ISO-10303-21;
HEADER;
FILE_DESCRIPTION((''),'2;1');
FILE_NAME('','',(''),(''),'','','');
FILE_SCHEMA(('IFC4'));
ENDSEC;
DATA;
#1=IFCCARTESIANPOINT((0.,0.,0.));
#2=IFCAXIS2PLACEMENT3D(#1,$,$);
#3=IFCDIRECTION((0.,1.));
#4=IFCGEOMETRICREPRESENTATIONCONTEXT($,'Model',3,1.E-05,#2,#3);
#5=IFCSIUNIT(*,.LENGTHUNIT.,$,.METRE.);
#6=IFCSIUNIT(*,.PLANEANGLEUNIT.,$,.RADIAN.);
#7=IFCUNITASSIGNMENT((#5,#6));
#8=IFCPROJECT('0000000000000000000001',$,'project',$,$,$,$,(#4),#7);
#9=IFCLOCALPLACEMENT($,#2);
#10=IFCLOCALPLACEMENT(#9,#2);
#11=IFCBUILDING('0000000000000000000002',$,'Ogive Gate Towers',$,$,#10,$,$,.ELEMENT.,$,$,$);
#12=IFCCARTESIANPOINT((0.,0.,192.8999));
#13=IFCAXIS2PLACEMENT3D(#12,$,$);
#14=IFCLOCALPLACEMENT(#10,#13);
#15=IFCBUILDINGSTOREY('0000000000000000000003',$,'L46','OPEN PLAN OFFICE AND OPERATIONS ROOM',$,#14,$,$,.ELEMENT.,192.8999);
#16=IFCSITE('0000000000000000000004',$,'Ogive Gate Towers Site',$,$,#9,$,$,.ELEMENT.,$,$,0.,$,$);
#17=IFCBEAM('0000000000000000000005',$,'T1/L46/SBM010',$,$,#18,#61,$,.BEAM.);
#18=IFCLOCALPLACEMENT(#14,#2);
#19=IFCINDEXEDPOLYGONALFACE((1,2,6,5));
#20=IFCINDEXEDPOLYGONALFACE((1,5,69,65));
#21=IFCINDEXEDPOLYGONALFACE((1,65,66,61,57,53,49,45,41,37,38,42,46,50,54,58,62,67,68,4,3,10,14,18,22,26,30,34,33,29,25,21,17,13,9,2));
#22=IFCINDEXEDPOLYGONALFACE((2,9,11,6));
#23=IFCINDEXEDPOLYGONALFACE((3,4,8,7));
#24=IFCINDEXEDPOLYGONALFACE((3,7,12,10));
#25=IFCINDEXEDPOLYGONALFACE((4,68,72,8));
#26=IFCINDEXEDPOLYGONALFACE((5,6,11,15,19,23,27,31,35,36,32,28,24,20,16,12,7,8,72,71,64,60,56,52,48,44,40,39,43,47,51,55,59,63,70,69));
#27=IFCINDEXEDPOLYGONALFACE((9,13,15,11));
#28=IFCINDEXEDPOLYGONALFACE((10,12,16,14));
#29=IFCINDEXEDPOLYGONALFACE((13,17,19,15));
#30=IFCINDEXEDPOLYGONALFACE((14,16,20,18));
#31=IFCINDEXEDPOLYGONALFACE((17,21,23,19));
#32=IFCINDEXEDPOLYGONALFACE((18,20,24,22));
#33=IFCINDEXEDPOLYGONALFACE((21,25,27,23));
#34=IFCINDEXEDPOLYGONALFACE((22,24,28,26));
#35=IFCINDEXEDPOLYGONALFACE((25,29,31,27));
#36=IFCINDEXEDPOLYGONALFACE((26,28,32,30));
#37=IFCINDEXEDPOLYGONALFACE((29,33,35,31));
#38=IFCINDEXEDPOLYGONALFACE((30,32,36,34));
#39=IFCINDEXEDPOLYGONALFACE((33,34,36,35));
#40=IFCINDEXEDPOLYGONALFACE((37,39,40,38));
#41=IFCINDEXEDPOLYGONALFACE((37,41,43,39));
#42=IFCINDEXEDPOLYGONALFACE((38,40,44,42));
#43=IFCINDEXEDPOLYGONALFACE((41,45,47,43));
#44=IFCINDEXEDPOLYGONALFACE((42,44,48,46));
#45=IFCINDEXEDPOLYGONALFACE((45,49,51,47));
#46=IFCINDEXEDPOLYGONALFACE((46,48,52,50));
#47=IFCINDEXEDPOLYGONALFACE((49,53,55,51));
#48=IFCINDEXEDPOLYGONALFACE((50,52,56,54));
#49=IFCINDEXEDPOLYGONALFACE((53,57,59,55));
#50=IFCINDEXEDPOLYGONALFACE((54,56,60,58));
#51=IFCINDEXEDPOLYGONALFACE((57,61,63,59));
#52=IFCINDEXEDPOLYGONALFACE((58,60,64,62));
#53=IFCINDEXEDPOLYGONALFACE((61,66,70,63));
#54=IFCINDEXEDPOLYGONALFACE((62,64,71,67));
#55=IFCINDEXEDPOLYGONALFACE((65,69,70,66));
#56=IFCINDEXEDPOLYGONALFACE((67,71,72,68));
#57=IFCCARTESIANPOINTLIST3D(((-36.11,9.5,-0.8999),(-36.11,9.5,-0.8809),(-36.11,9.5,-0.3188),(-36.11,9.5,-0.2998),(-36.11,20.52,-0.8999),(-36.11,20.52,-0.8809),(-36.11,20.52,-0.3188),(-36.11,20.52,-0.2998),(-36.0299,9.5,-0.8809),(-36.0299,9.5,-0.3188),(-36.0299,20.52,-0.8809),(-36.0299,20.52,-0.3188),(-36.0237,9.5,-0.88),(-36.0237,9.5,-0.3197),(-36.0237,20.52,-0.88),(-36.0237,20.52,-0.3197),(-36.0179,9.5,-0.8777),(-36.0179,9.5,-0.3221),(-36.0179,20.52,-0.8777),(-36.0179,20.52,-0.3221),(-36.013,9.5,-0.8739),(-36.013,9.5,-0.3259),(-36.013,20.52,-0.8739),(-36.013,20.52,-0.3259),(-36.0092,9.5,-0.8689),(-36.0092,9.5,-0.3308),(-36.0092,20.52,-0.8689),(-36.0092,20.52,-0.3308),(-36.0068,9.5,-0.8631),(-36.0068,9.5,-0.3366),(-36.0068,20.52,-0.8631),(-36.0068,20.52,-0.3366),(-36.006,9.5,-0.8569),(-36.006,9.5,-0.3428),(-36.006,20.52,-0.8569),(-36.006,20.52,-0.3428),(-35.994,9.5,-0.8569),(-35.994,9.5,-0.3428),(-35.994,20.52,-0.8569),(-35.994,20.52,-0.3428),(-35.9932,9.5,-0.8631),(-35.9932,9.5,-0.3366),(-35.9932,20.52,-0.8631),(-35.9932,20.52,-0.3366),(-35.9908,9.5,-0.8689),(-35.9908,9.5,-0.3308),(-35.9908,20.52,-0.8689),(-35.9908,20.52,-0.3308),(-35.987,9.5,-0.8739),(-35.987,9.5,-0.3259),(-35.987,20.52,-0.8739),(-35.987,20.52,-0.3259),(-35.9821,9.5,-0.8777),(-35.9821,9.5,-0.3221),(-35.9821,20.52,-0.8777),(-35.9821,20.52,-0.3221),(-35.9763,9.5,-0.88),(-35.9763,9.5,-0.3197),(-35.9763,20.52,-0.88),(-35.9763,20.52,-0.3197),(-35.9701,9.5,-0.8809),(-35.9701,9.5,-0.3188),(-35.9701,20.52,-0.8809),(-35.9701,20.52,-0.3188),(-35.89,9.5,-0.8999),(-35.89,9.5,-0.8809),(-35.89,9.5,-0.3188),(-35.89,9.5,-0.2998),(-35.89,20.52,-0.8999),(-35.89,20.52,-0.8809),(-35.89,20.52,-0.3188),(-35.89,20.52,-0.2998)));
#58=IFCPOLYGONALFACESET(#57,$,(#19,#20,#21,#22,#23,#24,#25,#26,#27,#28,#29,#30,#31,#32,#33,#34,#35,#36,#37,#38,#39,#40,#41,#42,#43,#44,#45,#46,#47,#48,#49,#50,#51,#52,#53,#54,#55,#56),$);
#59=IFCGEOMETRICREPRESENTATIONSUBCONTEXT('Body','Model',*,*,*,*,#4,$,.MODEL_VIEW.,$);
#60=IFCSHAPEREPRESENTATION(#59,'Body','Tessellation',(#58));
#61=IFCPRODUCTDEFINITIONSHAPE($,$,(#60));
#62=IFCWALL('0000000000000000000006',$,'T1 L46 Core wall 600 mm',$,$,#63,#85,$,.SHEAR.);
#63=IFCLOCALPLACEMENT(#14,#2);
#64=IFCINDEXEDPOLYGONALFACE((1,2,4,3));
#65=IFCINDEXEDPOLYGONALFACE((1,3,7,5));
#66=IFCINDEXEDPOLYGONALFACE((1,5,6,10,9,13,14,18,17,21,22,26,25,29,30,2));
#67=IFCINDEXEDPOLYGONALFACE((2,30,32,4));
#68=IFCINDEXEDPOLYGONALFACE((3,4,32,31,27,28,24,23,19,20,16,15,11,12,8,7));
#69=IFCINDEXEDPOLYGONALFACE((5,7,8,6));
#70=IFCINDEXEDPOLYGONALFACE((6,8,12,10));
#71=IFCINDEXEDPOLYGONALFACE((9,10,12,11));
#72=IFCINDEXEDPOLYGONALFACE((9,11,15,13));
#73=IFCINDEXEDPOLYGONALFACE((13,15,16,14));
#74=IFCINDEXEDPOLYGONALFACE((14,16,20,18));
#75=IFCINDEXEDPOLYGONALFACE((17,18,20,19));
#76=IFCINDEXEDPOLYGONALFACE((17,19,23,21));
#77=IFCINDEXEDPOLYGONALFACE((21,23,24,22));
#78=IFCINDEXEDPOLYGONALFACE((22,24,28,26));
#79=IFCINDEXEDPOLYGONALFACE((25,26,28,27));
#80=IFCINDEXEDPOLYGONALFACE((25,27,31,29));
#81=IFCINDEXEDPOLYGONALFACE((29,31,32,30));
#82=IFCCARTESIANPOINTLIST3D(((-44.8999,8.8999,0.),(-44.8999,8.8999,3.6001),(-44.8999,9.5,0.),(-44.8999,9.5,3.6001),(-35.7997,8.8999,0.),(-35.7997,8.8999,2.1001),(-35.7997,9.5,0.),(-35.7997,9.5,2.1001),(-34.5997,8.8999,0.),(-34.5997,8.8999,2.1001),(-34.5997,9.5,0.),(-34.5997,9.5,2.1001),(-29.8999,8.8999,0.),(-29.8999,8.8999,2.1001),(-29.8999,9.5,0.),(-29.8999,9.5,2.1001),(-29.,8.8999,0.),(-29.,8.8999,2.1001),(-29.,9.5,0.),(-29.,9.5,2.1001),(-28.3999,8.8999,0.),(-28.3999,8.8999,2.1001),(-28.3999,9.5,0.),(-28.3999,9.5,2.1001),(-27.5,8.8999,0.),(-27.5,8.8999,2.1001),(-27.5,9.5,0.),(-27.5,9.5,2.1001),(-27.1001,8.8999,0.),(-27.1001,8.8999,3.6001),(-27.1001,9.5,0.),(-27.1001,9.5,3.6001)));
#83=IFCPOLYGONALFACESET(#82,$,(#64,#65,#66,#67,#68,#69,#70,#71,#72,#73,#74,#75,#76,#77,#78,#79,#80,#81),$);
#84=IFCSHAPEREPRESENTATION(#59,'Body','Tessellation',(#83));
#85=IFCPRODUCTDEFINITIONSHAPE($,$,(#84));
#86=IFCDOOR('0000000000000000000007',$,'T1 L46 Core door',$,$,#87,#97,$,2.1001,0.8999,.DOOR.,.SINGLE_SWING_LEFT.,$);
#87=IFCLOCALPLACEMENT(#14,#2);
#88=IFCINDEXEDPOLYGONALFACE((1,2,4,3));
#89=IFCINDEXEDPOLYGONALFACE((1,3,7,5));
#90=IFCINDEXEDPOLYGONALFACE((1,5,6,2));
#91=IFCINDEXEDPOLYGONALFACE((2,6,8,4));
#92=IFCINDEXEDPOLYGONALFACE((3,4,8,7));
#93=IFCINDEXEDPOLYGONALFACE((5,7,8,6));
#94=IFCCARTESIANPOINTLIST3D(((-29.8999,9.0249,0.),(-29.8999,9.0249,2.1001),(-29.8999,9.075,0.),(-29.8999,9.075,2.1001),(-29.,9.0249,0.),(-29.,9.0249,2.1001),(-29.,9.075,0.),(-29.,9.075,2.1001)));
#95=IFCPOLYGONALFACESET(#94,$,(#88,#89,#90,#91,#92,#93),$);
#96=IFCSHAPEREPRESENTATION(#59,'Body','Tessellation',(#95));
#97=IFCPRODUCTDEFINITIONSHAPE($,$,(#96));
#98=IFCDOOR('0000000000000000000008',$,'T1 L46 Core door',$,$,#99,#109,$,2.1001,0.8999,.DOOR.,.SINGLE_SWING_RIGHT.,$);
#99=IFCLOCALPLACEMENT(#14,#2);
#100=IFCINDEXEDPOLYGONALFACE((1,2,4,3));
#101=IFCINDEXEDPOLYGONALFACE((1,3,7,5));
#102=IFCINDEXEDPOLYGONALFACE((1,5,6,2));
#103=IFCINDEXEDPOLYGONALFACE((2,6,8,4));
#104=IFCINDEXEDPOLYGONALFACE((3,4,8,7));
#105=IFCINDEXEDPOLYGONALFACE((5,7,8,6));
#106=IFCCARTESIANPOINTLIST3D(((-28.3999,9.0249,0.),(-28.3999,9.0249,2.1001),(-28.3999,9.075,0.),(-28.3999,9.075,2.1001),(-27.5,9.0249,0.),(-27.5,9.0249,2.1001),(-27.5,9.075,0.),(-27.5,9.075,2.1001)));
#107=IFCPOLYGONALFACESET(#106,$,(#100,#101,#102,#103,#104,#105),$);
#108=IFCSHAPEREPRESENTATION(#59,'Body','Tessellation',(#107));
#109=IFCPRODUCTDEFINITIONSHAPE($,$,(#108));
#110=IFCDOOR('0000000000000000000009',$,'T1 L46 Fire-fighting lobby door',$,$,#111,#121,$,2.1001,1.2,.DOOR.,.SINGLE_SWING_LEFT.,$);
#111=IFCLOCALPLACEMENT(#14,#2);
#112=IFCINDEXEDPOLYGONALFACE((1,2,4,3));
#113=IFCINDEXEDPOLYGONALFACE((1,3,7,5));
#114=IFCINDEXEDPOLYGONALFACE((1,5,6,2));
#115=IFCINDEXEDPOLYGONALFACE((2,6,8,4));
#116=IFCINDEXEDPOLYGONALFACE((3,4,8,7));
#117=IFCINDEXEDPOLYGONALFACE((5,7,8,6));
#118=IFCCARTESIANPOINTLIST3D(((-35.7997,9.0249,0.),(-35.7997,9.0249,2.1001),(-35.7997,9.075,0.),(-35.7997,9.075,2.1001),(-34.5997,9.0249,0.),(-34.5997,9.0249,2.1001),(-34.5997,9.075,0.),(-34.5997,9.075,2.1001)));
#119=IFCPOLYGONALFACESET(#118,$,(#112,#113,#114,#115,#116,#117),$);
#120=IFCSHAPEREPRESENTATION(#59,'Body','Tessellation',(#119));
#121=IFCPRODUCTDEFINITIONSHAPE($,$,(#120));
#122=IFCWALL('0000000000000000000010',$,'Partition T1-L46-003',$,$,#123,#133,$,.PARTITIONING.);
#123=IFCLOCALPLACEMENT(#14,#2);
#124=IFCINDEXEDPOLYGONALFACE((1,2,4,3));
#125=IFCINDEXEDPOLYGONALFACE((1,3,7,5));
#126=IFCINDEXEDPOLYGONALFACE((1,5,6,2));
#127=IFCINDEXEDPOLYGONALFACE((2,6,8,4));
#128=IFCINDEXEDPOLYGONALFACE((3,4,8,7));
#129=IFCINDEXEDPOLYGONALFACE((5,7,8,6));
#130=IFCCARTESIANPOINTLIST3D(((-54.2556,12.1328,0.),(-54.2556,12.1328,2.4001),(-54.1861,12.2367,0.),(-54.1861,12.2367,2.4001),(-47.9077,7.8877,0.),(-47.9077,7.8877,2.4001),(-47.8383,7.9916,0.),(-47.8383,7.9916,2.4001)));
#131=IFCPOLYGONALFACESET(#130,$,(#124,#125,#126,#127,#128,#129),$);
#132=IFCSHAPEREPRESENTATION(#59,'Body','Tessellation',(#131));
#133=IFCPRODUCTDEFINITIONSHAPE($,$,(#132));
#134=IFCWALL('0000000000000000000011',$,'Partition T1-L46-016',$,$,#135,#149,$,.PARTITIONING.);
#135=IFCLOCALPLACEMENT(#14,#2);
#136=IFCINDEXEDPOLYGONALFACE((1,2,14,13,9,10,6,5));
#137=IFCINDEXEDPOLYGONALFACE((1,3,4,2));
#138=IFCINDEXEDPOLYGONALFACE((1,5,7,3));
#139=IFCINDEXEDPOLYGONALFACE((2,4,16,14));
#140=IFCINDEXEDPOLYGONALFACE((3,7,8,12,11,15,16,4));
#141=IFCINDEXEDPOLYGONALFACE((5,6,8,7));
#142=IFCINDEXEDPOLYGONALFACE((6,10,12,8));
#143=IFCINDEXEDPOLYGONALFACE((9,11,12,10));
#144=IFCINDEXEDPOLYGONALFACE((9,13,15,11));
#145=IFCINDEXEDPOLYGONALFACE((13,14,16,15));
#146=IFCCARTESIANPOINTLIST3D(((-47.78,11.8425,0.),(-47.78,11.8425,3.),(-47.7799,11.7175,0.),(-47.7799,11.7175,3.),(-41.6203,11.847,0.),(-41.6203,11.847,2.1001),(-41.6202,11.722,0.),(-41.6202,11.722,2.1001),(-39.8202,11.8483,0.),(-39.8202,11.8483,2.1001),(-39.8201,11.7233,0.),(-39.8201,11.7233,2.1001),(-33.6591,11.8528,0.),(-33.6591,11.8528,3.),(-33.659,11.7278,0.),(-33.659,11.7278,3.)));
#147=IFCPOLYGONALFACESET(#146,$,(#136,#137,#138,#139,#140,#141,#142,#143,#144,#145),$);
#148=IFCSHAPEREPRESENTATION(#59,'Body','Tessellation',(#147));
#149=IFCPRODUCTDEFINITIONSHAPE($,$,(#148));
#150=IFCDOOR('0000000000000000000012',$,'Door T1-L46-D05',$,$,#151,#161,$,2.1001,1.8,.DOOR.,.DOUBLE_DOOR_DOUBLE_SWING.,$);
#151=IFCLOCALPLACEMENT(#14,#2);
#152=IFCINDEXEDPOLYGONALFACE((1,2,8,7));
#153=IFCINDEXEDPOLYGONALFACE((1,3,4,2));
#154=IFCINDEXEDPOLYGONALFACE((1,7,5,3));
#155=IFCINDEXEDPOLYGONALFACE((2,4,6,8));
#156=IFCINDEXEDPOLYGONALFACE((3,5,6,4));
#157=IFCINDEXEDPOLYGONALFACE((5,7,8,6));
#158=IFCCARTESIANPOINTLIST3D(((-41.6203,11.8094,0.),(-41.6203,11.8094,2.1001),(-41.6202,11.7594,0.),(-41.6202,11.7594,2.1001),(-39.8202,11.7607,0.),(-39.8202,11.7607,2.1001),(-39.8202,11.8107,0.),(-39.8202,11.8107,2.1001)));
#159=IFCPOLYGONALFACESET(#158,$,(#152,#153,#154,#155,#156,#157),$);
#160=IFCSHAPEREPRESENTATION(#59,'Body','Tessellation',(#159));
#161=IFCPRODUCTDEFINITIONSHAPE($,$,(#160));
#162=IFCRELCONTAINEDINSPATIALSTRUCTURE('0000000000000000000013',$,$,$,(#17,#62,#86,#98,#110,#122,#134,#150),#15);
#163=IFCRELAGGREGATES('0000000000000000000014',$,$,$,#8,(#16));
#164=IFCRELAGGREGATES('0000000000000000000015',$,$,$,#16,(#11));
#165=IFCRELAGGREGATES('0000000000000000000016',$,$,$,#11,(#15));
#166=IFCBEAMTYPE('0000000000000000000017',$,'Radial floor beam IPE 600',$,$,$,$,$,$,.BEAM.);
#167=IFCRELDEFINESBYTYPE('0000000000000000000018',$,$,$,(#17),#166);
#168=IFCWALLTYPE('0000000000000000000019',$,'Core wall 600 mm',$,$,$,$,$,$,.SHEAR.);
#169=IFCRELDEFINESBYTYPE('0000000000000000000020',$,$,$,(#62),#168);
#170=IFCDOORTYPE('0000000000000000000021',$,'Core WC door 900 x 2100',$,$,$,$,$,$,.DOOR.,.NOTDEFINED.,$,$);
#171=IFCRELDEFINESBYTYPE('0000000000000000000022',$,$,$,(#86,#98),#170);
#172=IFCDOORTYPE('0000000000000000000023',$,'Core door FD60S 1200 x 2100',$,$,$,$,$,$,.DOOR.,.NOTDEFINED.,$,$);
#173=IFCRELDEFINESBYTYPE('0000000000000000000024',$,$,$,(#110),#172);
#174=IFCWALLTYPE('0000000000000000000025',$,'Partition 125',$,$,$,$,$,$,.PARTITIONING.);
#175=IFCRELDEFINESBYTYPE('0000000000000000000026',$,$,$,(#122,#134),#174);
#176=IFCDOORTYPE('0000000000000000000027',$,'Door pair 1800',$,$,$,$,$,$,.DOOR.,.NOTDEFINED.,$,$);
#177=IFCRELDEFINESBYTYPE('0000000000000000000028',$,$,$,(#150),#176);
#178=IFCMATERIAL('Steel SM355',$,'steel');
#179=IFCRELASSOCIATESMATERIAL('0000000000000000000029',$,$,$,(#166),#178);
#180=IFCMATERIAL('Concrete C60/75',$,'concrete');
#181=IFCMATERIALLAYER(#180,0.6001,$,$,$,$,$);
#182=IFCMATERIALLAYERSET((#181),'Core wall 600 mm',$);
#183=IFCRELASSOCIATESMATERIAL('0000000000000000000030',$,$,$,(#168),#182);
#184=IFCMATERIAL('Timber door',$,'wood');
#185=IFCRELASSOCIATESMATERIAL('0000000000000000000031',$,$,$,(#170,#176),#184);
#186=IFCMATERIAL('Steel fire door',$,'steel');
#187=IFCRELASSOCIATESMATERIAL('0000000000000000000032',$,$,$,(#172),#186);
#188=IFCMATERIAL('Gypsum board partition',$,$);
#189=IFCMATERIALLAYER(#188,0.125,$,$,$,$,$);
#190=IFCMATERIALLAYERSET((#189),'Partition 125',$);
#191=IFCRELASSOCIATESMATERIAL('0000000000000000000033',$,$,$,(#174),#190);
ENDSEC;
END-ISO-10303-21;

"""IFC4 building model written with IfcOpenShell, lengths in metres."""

from ifc_helpers import new_model, si_unit, direction, frame, frame_2d, origin, origin_2d, place, context, subcontext, project, spatial, rectangle, i_section, extrude, material, layer, layer_set, material_profile, profile_set, type_object, element, fill, save


model = new_model("IFC4")

# Units and contexts
model_context = context("Model", 3, precision=1e-05, world=origin(), true_north=direction((0.0, 1.0)))
body_context = subcontext(model_context, "Body", "Model", "MODEL_VIEW")
ifc_project = project(units=[si_unit("LENGTHUNIT", "METRE"), si_unit("PLANEANGLEUNIT", "RADIAN")], contexts=[model_context])

# Site, building, storey
site_placement = place(None, origin())
site = spatial("IfcSite", under=ifc_project, at=site_placement, Name="Ogive Gate Towers Site", CompositionType="ELEMENT", RefElevation=0.0)
building_placement = place(site_placement, origin())
building = spatial("IfcBuilding", under=site, at=building_placement, Name="Ogive Gate Towers", CompositionType="ELEMENT")
storey_placement = place(building_placement, frame((0.0, 0.0, 192.8999)))
storey = spatial("IfcBuildingStorey", under=building, at=storey_placement, Name="L46", Description="OPEN PLAN OFFICE AND OPERATIONS ROOM", CompositionType="ELEMENT", Elevation=192.8999)

# Beam
ifc_material_1 = material(Name="Steel SM355", Category="steel")
ifc_material_profile_1 = material_profile(ifc_material_1, i_section(OverallWidth=0.22, OverallDepth=0.6001, WebThickness=0.012, FlangeThickness=0.019, FilletRadius=0.0239, at=origin_2d()), Name="IPE 600")
ifc_profile_set_1 = profile_set([ifc_material_profile_1], Name="Steel SM355")
beam_type_1 = type_object("IfcBeamType", Name="Radial floor beam IPE 600", PredefinedType="BEAM", material=ifc_profile_set_1)
beam_1_placement = place(storey_placement, frame((-36.0, 9.5, -0.5999), z_axis=(0.0, 1.0, 0.0), x_axis=(-1.0, 0.0, 0.0)))
element("IfcBeam", 1, at=beam_1_placement, inside=storey, type_object=beam_type_1, Name="T1/L46/SBM010", PredefinedType="BEAM", context=body_context, shape_type="SweptSolid", body=[
    extrude(i_section(OverallWidth=0.22, OverallDepth=0.6001, WebThickness=0.012, FlangeThickness=0.019, FilletRadius=0.0239, at=origin_2d()), origin(), (0.0, 0.0, 1.0), 11.02),
])

# Wall, openings, doors
ifc_material_2 = material(Name="Concrete C60/75", Category="concrete")
ifc_layer_1 = layer(ifc_material_2, 0.6001)
ifc_layer_set_1 = layer_set([ifc_layer_1], Name="Core wall 600 mm")
wall_type_1 = type_object("IfcWallType", Name="Core wall 600 mm", PredefinedType="SHEAR", material=ifc_layer_set_1)
wall_1_placement = place(storey_placement, frame((-44.8999, 9.2, 0.0), z_axis=(0.0, 0.0, 1.0), x_axis=(1.0, 0.0, 0.0)))
wall_1 = element("IfcWall", 2, at=wall_1_placement, inside=storey, type_object=wall_type_1, Name="T1 L46 Core wall 600 mm", PredefinedType="SHEAR", context=body_context, shape_type="SweptSolid", body=[
    extrude(rectangle(XDim=17.7998, YDim=0.6001, at=frame_2d((8.8999, 0.0))), origin(), (0.0, 0.0, 1.0), 3.6001),
])
opening_1_placement = place(wall_1_placement, frame((9.1001, 0.0, 0.0)))
opening_1 = element("IfcOpeningElement", 3, at=opening_1_placement, cuts=wall_1, PredefinedType="OPENING", context=body_context, shape_type="SweptSolid", body=[
    extrude(rectangle(XDim=1.2, YDim=2.1001, at=frame_2d((0.6001, 1.05))), frame((0.0, 0.3101, 0.0), z_axis=(0.0, -1.0, 0.0), x_axis=(1.0, 0.0, 0.0)), (0.0, 0.0, 1.0), 0.6201),
])
opening_2_placement = place(wall_1_placement, frame((15.0, 0.0, 0.0)))
opening_2 = element("IfcOpeningElement", 4, at=opening_2_placement, cuts=wall_1, PredefinedType="OPENING", context=body_context, shape_type="SweptSolid", body=[
    extrude(rectangle(XDim=0.8999, YDim=2.1001, at=frame_2d((0.45, 1.05))), frame((0.0, 0.3101, 0.0), z_axis=(0.0, -1.0, 0.0), x_axis=(1.0, 0.0, 0.0)), (0.0, 0.0, 1.0), 0.6201),
])
opening_3_placement = place(wall_1_placement, frame((16.5, 0.0, 0.0)))
opening_3 = element("IfcOpeningElement", 5, at=opening_3_placement, cuts=wall_1, PredefinedType="OPENING", context=body_context, shape_type="SweptSolid", body=[
    extrude(rectangle(XDim=0.8999, YDim=2.1001, at=frame_2d((0.45, 1.05))), frame((0.0, 0.3101, 0.0), z_axis=(0.0, -1.0, 0.0), x_axis=(1.0, 0.0, 0.0)), (0.0, 0.0, 1.0), 0.6201),
])
ifc_material_3 = material(Name="Timber door", Category="wood")
door_type_1 = type_object("IfcDoorType", Name="Core WC door 900 x 2100", OperationType="NOTDEFINED", PredefinedType="DOOR", material=ifc_material_3)
door_1_placement = place(opening_2_placement, origin())
door_1 = element("IfcDoor", 6, at=door_1_placement, inside=storey, type_object=door_type_1, Name="T1 L46 Core door", OperationType="SINGLE_SWING_LEFT", OverallHeight=2.1001, OverallWidth=0.8999, PredefinedType="DOOR", context=body_context, shape_type="SweptSolid", body=[
    extrude(rectangle(XDim=0.8999, YDim=2.1001, at=frame_2d((0.45, 1.05))), frame((0.0, -0.125, 0.0), z_axis=(0.0, -1.0, 0.0), x_axis=(1.0, 0.0, 0.0)), (0.0, 0.0, 1.0), 0.05),
])
fill(opening_2, door_1)
door_2_placement = place(opening_3_placement, origin())
door_2 = element("IfcDoor", 7, at=door_2_placement, inside=storey, type_object=door_type_1, Name="T1 L46 Core door", OperationType="SINGLE_SWING_RIGHT", OverallHeight=2.1001, OverallWidth=0.8999, PredefinedType="DOOR", context=body_context, shape_type="SweptSolid", body=[
    extrude(rectangle(XDim=0.8999, YDim=2.1001, at=frame_2d((0.45, 1.05))), frame((0.0, -0.125, 0.0), z_axis=(0.0, -1.0, 0.0), x_axis=(1.0, 0.0, 0.0)), (0.0, 0.0, 1.0), 0.05),
])
fill(opening_3, door_2)
ifc_material_4 = material(Name="Steel fire door", Category="steel")
door_type_2 = type_object("IfcDoorType", Name="Core door FD60S 1200 x 2100", OperationType="NOTDEFINED", PredefinedType="DOOR", material=ifc_material_4)
door_3_placement = place(opening_1_placement, origin())
door_3 = element("IfcDoor", 8, at=door_3_placement, inside=storey, type_object=door_type_2, Name="T1 L46 Fire-fighting lobby door", OperationType="SINGLE_SWING_LEFT", OverallHeight=2.1001, OverallWidth=1.2, PredefinedType="DOOR", context=body_context, shape_type="SweptSolid", body=[
    extrude(rectangle(XDim=1.2, YDim=2.1001, at=frame_2d((0.6001, 1.05))), frame((0.0, -0.125, 0.0), z_axis=(0.0, -1.0, 0.0), x_axis=(1.0, 0.0, 0.0)), (0.0, 0.0, 1.0), 0.05),
])
fill(opening_1, door_3)

# Wall
ifc_material_5 = material(Name="Gypsum board partition")
ifc_layer_2 = layer(ifc_material_5, 0.125)
ifc_layer_set_2 = layer_set([ifc_layer_2], Name="Partition 125")
wall_type_2 = type_object("IfcWallType", Name="Partition 125", PredefinedType="PARTITIONING", material=ifc_layer_set_2)
wall_2_placement = place(storey_placement, frame((-54.2209, 12.1848, 0.0), z_axis=(0.0, 0.0, 1.0), x_axis=(0.831253, -0.555895, 0.0)))
element("IfcWall", 9, at=wall_2_placement, inside=storey, type_object=wall_type_2, Name="Partition T1-L46-003", PredefinedType="PARTITIONING", context=body_context, shape_type="SweptSolid", body=[
    extrude(rectangle(XDim=7.6365, YDim=0.125, at=frame_2d((3.8184, 0.0))), origin(), (0.0, 0.0, 1.0), 2.4001),
])

# Wall, opening, door
wall_3_placement = place(storey_placement, frame((-47.78, 11.78, 0.0), z_axis=(0.0, 0.0, 1.0), x_axis=(1.0, 0.000726, 0.0)))
wall_3 = element("IfcWall", 10, at=wall_3_placement, inside=storey, type_object=wall_type_2, Name="Partition T1-L46-016", PredefinedType="PARTITIONING", context=body_context, shape_type="SweptSolid", body=[
    extrude(rectangle(XDim=14.1208, YDim=0.125, at=frame_2d((7.0605, 0.0))), origin(), (0.0, 0.0, 1.0), 3.0),
])
opening_4_placement = place(wall_3_placement, frame((6.1599, 0.0, 0.0)))
opening_4 = element("IfcOpeningElement", 11, at=opening_4_placement, cuts=wall_3, PredefinedType="OPENING", context=body_context, shape_type="SweptSolid", body=[
    extrude(rectangle(XDim=1.8, YDim=2.1001, at=frame_2d((0.8999, 1.05))), frame((0.0, 0.0725, 0.0), z_axis=(0.0, -1.0, 0.0), x_axis=(1.0, 0.0, 0.0)), (0.0, 0.0, 1.0), 0.145),
])
door_type_3 = type_object("IfcDoorType", Name="Door pair 1800", OperationType="NOTDEFINED", PredefinedType="DOOR", material=ifc_material_3)
door_4_placement = place(opening_4_placement, origin())
door_4 = element("IfcDoor", 12, at=door_4_placement, inside=storey, type_object=door_type_3, Name="Door T1-L46-D05", OperationType="DOUBLE_DOOR_DOUBLE_SWING", OverallHeight=2.1001, OverallWidth=1.8, PredefinedType="DOOR", context=body_context, shape_type="SweptSolid", body=[
    extrude(rectangle(XDim=1.8, YDim=2.1001, at=frame_2d((0.8999, 1.05))), frame((0.0, 0.0249, 0.0), z_axis=(0.0, -1.0, 0.0), x_axis=(1.0, 0.0, 0.0)), (0.0, 0.0, 1.0), 0.05),
])
fill(opening_4, door_4)

save(model, "model.ifc")
